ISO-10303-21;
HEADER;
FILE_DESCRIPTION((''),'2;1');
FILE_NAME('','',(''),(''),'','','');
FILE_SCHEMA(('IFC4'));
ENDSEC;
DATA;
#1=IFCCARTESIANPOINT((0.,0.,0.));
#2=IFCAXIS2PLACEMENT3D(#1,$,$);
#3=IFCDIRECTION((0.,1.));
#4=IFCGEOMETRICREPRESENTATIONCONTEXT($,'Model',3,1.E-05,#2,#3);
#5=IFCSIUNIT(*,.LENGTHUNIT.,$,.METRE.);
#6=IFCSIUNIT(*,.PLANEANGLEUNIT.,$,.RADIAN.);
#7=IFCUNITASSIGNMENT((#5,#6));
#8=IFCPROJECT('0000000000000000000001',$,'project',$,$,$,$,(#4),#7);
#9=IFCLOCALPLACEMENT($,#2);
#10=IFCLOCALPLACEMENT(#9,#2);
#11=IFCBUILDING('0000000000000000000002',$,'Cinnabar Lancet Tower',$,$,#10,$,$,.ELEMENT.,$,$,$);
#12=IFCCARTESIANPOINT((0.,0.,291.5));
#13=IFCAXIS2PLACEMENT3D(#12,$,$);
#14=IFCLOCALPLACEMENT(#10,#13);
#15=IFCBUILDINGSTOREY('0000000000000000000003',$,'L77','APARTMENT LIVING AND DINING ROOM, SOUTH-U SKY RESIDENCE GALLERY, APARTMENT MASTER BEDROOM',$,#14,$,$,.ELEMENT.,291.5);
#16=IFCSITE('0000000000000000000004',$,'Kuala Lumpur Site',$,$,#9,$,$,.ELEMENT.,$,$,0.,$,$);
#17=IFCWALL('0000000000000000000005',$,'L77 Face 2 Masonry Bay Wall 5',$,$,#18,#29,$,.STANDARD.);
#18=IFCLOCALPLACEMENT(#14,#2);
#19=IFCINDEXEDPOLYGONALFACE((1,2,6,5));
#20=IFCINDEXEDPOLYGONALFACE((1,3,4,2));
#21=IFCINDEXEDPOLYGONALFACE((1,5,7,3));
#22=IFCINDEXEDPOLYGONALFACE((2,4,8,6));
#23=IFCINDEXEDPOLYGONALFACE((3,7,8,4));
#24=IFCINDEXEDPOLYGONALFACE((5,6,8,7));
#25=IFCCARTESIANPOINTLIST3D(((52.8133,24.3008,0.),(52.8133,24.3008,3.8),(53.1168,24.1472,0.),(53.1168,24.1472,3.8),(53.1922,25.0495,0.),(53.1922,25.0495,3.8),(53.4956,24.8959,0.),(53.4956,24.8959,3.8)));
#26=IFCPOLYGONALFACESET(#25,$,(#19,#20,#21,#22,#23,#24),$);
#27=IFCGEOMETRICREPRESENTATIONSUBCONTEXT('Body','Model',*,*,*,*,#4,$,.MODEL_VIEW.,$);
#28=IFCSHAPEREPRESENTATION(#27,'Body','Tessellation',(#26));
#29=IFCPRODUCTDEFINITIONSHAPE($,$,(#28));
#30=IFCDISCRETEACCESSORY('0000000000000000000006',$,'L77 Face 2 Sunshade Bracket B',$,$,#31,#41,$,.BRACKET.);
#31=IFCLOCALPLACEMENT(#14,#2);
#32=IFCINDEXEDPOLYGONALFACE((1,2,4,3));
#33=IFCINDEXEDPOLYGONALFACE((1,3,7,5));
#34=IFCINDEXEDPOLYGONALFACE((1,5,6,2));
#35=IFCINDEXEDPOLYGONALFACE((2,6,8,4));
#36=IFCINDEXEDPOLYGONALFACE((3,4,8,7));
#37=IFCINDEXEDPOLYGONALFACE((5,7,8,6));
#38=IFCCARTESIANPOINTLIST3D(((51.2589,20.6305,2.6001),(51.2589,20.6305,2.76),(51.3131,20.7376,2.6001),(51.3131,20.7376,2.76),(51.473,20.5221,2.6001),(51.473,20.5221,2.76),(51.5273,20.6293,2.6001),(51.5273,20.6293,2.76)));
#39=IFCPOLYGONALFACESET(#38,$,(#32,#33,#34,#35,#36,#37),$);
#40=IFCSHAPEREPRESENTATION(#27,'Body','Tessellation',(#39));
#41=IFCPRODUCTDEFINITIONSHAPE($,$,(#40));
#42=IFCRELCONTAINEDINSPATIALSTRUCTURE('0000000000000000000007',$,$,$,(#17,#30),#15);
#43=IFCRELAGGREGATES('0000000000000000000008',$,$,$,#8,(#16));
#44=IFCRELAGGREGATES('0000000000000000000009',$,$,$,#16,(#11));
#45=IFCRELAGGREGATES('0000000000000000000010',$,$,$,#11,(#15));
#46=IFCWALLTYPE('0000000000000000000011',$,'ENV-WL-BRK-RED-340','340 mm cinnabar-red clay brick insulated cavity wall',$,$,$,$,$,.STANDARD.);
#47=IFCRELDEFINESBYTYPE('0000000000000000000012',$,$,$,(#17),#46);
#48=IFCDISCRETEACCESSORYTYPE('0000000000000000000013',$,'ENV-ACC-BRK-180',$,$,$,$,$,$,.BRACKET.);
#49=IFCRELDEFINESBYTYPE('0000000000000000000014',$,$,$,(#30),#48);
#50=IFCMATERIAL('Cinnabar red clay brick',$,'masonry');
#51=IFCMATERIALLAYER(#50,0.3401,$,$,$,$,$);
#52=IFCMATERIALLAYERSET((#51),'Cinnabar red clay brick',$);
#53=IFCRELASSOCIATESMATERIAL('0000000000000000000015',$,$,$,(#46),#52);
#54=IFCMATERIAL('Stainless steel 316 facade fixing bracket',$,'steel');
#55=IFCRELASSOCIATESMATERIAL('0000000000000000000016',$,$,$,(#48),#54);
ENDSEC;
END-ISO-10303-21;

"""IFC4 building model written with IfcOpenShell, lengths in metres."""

from ifc_helpers import new_model, si_unit, direction, frame, frame_2d, origin, origin_2d, place, context, subcontext, project, spatial, rectangle, extrude, material, layer, layer_set, type_object, element, save


model = new_model("IFC4")

# Units and contexts
model_context = context("Model", 3, precision=1e-05, world=origin(), true_north=direction((0.0, 1.0)))
body_context = subcontext(model_context, "Body", "Model", "MODEL_VIEW")
ifc_project = project(units=[si_unit("LENGTHUNIT", "METRE"), si_unit("PLANEANGLEUNIT", "RADIAN")], contexts=[model_context])

# Site, building, storey
site_placement = place(None, origin())
site = spatial("IfcSite", under=ifc_project, at=site_placement, Name="Kuala Lumpur Site", CompositionType="ELEMENT", RefElevation=0.0)
building_placement = place(site_placement, origin())
building = spatial("IfcBuilding", under=site, at=building_placement, Name="Cinnabar Lancet Tower", CompositionType="ELEMENT")
storey_placement = place(building_placement, frame((0.0, 0.0, 291.5)))
storey = spatial("IfcBuildingStorey", under=building, at=storey_placement, Name="L77", Description="APARTMENT LIVING AND DINING ROOM, SOUTH-U SKY RESIDENCE GALLERY, APARTMENT MASTER BEDROOM", CompositionType="ELEMENT", Elevation=291.5)

# Shared definitions
ifc_material_1 = material(Name="Cinnabar red clay brick", Category="masonry")
ifc_layer_1 = layer(ifc_material_1, 0.3401)
ifc_layer_set_1 = layer_set([ifc_layer_1], Name="Cinnabar red clay brick")
wall_type_1 = type_object("IfcWallType", Name="ENV-WL-BRK-RED-340", Description="340 mm cinnabar-red clay brick insulated cavity wall", PredefinedType="STANDARD", material=ifc_layer_set_1)

# Wall
wall_1_placement = place(storey_placement, frame((52.9651, 24.2241, 0.0), z_axis=(0.0, 0.0, 1.0), x_axis=(0.451514, 0.892264, 0.0)))
element("IfcWall", 1, at=wall_1_placement, inside=storey, type_object=wall_type_1, Name="L77 Face 2 Masonry Bay Wall 5", PredefinedType="STANDARD", context=body_context, shape_type="SweptSolid", body=[
    extrude(rectangle(XDim=0.8391, YDim=0.3401, at=frame_2d((0.4194, 0.0))), origin(), (0.0, 0.0, 1.0), 3.8),
])

# Discrete accessory
ifc_material_2 = material(Name="Stainless steel 316 facade fixing bracket", Category="steel")
discrete_accessory_type = type_object("IfcDiscreteAccessoryType", Name="ENV-ACC-BRK-180", PredefinedType="BRACKET", material=ifc_material_2)
discrete_accessory_placement = place(storey_placement, frame((51.3931, 20.6299, 2.6001), z_axis=(0.0, 0.0, 1.0), x_axis=(0.451376, 0.892334, 0.0)))
element("IfcDiscreteAccessory", 2, at=discrete_accessory_placement, inside=storey, type_object=discrete_accessory_type, Name="L77 Face 2 Sunshade Bracket B", PredefinedType="BRACKET", context=body_context, shape_type="SweptSolid", body=[
    extrude(rectangle(XDim=0.1201, YDim=0.24, at=origin_2d()), origin(), (0.0, 0.0, 1.0), 0.1599),
])

save(model, "model.ifc")
